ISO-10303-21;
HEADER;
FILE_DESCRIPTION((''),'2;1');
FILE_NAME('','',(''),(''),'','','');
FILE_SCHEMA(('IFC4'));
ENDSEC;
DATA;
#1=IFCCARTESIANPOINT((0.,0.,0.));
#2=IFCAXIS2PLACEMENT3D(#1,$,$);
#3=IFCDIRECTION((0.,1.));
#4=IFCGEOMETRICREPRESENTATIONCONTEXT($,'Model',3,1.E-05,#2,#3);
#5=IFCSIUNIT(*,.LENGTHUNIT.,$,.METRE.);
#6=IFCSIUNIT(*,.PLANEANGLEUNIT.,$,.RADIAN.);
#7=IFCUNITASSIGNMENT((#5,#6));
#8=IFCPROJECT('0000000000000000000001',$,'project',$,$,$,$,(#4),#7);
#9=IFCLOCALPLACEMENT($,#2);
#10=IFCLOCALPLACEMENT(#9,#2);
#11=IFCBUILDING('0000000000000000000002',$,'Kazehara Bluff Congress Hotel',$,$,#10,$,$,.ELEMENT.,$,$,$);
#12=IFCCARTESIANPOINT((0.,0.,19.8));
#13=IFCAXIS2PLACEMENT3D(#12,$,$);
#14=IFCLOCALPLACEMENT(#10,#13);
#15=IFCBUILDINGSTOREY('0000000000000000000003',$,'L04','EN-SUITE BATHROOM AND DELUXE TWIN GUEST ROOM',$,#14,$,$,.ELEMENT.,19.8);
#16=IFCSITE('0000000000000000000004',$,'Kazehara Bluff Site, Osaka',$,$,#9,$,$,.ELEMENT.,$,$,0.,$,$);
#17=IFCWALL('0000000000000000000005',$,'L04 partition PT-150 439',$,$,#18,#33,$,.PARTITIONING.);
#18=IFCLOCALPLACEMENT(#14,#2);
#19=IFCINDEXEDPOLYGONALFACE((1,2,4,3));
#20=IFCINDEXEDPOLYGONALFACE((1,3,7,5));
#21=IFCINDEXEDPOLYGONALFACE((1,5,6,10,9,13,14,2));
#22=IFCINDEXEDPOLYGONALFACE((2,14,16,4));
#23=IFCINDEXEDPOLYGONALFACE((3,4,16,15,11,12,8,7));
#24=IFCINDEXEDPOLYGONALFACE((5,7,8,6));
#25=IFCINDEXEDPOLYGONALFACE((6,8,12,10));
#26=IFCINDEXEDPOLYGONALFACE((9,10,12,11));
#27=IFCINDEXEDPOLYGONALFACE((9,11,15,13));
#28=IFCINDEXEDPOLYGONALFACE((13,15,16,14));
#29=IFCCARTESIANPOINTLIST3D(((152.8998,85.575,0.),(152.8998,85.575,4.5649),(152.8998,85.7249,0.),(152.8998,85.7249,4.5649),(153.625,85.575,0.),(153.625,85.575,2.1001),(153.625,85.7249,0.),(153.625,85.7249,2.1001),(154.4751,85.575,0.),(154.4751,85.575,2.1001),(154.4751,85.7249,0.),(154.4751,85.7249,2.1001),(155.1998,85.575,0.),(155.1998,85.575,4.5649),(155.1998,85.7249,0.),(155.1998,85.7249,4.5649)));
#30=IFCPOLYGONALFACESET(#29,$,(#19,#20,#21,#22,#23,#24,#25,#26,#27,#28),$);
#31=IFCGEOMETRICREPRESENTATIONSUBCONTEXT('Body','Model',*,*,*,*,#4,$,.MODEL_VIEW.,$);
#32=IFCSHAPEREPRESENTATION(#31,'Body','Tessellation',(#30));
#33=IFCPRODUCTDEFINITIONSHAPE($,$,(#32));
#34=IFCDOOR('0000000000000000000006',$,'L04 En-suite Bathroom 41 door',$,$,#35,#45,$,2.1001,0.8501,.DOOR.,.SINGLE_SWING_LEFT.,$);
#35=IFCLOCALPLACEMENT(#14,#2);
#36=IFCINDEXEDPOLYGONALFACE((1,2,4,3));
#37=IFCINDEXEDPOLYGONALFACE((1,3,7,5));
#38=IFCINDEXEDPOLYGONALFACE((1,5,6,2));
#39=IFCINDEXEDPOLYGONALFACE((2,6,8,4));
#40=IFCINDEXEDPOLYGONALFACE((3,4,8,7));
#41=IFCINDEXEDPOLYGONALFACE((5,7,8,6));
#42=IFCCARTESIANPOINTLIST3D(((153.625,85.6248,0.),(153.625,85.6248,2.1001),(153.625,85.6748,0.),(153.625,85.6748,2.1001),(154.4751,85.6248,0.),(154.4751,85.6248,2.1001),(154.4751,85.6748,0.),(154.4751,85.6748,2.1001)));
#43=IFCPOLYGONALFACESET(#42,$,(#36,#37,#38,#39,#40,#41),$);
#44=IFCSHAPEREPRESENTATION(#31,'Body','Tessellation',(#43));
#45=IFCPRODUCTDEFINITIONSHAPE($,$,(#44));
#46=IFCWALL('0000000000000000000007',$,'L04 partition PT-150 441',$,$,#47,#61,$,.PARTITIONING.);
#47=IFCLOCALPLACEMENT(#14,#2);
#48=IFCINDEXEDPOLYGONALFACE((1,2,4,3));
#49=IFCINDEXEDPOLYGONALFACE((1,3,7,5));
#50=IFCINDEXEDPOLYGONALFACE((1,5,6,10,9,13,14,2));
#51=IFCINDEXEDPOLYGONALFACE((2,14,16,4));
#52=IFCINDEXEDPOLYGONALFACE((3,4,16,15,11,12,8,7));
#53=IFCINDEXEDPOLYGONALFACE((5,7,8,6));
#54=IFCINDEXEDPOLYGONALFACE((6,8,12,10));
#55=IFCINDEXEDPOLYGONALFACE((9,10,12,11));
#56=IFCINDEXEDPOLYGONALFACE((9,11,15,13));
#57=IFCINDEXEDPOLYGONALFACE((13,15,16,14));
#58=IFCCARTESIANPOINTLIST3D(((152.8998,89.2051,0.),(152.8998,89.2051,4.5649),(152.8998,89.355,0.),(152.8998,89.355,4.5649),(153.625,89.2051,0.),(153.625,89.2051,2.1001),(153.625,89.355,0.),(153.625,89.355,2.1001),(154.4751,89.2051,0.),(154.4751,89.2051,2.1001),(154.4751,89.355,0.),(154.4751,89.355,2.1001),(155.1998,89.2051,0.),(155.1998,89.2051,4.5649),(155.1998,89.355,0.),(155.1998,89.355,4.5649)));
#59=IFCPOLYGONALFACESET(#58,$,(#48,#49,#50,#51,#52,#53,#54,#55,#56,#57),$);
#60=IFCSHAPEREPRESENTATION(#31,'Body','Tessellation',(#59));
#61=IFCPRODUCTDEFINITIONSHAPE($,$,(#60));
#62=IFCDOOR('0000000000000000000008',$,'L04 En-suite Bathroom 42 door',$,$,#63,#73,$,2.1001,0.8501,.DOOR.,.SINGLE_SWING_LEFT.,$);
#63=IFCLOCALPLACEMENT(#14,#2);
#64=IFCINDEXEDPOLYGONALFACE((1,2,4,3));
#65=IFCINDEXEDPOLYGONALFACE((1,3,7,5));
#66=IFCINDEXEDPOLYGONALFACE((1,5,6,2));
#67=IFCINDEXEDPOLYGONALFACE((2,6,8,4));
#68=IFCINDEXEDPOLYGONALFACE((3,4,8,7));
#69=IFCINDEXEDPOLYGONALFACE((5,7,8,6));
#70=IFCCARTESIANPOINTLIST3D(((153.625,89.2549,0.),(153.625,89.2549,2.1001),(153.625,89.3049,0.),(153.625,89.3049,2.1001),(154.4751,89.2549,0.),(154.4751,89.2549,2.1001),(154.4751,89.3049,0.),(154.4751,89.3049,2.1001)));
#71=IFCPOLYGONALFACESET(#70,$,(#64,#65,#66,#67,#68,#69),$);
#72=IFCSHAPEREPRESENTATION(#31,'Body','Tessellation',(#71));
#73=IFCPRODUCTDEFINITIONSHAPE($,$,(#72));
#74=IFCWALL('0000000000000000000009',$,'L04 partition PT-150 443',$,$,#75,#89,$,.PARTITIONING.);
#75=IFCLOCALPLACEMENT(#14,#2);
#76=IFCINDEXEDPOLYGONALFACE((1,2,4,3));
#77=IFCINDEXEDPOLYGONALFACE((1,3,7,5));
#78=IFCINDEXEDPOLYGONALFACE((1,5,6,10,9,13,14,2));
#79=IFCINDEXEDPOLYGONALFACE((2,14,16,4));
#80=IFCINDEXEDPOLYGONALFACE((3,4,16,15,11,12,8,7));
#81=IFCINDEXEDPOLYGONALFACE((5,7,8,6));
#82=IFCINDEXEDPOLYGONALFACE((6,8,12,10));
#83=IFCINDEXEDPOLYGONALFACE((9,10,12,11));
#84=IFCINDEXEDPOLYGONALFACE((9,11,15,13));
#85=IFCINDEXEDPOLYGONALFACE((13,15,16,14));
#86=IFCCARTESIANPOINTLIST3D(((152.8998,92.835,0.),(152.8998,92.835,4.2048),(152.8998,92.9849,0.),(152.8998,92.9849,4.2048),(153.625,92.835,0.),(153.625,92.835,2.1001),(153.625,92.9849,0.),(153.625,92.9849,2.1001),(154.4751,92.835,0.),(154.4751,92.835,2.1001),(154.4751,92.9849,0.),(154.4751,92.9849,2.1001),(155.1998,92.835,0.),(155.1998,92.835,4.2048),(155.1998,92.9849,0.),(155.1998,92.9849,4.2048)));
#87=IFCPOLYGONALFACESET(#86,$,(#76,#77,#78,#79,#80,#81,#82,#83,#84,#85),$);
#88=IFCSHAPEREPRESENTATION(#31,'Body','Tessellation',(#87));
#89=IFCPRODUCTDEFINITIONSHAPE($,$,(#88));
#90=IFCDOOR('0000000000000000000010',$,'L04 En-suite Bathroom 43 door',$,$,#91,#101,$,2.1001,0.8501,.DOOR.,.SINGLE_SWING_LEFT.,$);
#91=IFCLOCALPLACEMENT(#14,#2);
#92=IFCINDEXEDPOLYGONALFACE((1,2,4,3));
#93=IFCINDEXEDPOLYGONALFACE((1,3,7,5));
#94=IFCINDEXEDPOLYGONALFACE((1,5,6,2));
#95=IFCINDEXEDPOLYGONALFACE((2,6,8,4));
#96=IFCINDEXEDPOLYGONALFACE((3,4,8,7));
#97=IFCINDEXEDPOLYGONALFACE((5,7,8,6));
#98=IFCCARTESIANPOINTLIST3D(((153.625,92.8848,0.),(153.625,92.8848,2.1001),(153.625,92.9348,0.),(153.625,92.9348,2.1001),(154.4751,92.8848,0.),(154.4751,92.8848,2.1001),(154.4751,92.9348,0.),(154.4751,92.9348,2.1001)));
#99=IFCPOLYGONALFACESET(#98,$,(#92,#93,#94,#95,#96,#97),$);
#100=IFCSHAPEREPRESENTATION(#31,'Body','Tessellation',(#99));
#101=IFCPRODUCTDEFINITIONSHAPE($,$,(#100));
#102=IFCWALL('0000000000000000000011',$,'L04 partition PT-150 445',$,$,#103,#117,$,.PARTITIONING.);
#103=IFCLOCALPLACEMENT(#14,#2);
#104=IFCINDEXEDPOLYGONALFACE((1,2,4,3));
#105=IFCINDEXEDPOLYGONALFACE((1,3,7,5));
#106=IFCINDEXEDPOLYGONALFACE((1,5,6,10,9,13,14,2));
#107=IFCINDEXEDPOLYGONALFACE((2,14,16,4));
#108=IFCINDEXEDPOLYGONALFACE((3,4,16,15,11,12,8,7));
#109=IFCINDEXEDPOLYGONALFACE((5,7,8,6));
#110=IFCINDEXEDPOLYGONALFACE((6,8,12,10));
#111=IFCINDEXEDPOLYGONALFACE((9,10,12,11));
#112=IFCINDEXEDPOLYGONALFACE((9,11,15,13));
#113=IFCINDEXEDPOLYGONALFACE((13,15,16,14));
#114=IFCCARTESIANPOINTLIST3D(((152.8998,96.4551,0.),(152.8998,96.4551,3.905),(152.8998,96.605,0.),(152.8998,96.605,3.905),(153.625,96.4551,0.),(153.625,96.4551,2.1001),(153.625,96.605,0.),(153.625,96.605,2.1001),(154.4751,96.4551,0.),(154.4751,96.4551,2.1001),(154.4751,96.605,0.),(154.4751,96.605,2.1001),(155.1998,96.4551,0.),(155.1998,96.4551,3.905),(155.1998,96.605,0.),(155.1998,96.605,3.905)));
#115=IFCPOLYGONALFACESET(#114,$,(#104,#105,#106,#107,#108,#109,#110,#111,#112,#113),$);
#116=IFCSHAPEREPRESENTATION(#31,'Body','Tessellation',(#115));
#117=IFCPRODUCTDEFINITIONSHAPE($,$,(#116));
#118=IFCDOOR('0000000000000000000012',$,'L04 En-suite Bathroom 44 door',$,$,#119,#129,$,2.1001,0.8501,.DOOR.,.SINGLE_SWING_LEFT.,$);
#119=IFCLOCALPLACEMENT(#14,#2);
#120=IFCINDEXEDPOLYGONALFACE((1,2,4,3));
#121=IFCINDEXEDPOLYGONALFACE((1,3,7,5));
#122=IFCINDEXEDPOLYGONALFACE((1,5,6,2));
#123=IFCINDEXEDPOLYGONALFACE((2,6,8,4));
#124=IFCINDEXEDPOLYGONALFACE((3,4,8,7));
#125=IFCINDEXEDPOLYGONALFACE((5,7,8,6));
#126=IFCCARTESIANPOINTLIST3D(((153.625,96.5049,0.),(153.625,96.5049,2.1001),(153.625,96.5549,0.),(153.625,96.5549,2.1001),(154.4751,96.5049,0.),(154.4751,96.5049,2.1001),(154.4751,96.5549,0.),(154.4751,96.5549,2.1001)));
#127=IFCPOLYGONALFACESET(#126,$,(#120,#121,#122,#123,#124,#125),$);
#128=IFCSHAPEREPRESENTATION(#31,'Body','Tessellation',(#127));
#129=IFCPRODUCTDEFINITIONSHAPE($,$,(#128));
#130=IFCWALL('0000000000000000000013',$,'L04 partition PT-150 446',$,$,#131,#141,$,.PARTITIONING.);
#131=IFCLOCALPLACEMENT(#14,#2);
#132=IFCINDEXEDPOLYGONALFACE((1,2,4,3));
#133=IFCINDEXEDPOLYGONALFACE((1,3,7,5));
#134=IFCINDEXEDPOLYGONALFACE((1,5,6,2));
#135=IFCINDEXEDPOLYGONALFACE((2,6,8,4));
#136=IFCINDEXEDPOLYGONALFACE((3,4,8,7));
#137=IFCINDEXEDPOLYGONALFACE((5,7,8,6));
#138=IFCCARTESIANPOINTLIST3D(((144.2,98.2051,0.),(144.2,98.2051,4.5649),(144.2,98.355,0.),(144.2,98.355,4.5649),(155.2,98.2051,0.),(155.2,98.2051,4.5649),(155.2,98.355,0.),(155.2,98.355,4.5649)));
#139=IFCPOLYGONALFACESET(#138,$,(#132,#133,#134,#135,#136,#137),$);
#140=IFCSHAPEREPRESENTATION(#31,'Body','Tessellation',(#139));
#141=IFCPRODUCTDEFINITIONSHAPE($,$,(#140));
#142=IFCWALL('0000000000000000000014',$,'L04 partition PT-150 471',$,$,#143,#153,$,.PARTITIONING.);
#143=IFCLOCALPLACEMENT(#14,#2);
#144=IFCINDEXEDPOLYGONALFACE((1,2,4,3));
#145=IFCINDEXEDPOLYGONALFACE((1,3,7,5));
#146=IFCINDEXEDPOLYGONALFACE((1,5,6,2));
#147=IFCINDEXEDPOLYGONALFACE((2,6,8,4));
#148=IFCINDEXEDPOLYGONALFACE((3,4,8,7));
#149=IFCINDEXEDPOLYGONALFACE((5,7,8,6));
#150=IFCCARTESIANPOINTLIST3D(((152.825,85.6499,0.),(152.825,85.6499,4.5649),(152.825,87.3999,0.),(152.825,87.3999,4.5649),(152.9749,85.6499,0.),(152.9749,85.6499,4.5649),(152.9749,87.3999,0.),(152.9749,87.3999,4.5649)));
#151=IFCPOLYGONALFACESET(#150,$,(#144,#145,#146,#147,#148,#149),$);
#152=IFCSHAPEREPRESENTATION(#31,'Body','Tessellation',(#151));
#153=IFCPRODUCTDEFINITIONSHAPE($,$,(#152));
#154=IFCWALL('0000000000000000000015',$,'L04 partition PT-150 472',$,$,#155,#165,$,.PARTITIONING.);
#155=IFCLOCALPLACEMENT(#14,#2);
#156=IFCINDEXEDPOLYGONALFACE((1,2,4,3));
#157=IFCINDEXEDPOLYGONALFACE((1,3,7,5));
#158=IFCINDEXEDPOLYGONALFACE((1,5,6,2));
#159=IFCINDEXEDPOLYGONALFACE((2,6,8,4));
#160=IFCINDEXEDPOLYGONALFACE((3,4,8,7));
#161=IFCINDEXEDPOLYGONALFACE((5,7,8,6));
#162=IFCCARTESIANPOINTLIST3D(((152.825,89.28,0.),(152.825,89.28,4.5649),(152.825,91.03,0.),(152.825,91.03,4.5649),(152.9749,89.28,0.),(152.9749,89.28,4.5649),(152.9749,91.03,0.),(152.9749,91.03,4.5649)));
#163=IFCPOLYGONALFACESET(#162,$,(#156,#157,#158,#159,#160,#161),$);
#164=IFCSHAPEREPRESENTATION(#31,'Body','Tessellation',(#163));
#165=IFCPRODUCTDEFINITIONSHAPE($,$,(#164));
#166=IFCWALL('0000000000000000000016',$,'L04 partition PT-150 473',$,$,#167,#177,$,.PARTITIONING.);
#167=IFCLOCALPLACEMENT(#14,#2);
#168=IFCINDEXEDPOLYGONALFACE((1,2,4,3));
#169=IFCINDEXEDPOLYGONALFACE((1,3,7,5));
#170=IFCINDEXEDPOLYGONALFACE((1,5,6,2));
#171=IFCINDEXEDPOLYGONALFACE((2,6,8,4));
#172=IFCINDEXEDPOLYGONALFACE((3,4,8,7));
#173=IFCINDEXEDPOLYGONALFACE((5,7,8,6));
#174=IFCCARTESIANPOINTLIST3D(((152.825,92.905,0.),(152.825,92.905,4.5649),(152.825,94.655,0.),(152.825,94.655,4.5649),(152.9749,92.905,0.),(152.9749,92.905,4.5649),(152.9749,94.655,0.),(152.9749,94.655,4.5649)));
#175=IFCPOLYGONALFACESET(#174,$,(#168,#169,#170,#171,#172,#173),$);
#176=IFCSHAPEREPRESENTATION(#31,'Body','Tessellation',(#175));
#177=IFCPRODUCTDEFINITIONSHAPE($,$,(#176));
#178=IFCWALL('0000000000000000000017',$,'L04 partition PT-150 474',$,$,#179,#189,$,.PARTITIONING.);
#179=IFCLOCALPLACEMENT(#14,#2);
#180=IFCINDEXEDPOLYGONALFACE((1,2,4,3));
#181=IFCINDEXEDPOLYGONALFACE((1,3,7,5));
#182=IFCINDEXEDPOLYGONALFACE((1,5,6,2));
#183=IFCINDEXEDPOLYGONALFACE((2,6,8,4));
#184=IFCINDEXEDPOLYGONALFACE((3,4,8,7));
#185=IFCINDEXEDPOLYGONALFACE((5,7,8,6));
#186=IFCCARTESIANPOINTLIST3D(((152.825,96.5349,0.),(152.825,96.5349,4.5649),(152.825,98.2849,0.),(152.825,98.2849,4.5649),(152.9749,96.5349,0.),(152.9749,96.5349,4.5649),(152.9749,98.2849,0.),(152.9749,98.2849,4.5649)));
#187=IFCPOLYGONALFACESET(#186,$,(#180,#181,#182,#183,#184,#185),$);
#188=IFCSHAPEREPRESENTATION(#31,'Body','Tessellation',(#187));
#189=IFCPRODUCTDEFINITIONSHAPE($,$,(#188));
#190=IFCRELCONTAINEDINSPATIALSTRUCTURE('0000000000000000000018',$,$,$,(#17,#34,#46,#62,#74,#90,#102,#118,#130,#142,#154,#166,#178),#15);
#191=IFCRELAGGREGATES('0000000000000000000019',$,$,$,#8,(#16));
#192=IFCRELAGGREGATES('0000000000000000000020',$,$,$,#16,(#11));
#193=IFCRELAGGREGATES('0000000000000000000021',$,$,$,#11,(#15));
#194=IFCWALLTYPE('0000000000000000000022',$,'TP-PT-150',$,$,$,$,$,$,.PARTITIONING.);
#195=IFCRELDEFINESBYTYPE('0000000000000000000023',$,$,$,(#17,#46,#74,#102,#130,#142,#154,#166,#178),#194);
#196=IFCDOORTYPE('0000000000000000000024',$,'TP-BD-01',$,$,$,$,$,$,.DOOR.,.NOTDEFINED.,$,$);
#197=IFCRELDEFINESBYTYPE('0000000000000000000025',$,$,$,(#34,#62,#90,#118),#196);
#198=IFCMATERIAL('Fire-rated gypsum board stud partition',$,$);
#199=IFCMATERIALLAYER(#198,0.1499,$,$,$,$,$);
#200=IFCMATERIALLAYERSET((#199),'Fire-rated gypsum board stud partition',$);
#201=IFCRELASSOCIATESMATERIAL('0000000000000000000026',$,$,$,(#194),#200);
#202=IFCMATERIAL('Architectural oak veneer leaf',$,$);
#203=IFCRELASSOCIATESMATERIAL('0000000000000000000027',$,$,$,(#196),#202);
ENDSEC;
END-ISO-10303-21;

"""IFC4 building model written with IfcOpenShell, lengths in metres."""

from ifc_helpers import new_model, si_unit, direction, frame, frame_2d, origin, place, context, subcontext, project, spatial, rectangle, extrude, material, layer, layer_set, type_object, element, fill, save


model = new_model("IFC4")

# Units and contexts
model_context = context("Model", 3, precision=1e-05, world=origin(), true_north=direction((0.0, 1.0)))
body_context = subcontext(model_context, "Body", "Model", "MODEL_VIEW")
ifc_project = project(units=[si_unit("LENGTHUNIT", "METRE"), si_unit("PLANEANGLEUNIT", "RADIAN")], contexts=[model_context])

# Site, building, storey
site_placement = place(None, origin())
site = spatial("IfcSite", under=ifc_project, at=site_placement, Name="Kazehara Bluff Site, Osaka", CompositionType="ELEMENT", RefElevation=0.0)
building_placement = place(site_placement, origin())
building = spatial("IfcBuilding", under=site, at=building_placement, Name="Kazehara Bluff Congress Hotel", CompositionType="ELEMENT")
storey_placement = place(building_placement, frame((0.0, 0.0, 19.8)))
storey = spatial("IfcBuildingStorey", under=building, at=storey_placement, Name="L04", Description="EN-SUITE BATHROOM AND DELUXE TWIN GUEST ROOM", CompositionType="ELEMENT", Elevation=19.8)

# Walls, openings, doors
ifc_material_1 = material(Name="Fire-rated gypsum board stud partition")
ifc_layer = layer(ifc_material_1, 0.1499)
ifc_layer_set = layer_set([ifc_layer], Name="Fire-rated gypsum board stud partition")
wall_type = type_object("IfcWallType", Name="TP-PT-150", PredefinedType="PARTITIONING", material=ifc_layer_set)
wall_1_placement = place(storey_placement, frame((152.8999, 85.6499, 0.0), z_axis=(0.0, 0.0, 1.0), x_axis=(1.0, 0.0, 0.0)))
wall_1 = element("IfcWall", 1, at=wall_1_placement, inside=storey, type_object=wall_type, Name="L04 partition PT-150 439", PredefinedType="PARTITIONING", context=body_context, shape_type="SweptSolid", body=[
    extrude(rectangle(XDim=2.3, YDim=0.1499, at=frame_2d((1.1499, 0.0))), origin(), (0.0, 0.0, 1.0), 4.5649),
])
opening_1_placement = place(wall_1_placement, frame((0.7251, 0.0, 0.0)))
opening_1 = element("IfcOpeningElement", 2, at=opening_1_placement, cuts=wall_1, PredefinedType="OPENING", context=body_context, shape_type="SweptSolid", body=[
    extrude(rectangle(XDim=0.8501, YDim=2.1001, at=frame_2d((0.425, 1.05))), frame((0.0, 0.085, 0.0), z_axis=(0.0, -1.0, 0.0), x_axis=(1.0, 0.0, 0.0)), (0.0, 0.0, 1.0), 0.1699),
])
ifc_material_2 = material(Name="Architectural oak veneer leaf")
door_type = type_object("IfcDoorType", Name="TP-BD-01", OperationType="NOTDEFINED", PredefinedType="DOOR", material=ifc_material_2)
door_1_placement = place(opening_1_placement, origin())
door_1 = element("IfcDoor", 3, at=door_1_placement, inside=storey, type_object=door_type, Name="L04 En-suite Bathroom 41 door", OperationType="SINGLE_SWING_LEFT", OverallHeight=2.1001, OverallWidth=0.8501, PredefinedType="DOOR", context=body_context, shape_type="SweptSolid", body=[
    extrude(rectangle(XDim=0.8501, YDim=2.1001, at=frame_2d((0.425, 1.05))), frame((0.0, 0.0249, 0.0), z_axis=(0.0, -1.0, 0.0), x_axis=(1.0, 0.0, 0.0)), (0.0, 0.0, 1.0), 0.05),
])
fill(opening_1, door_1)
wall_2_placement = place(storey_placement, frame((152.8999, 89.28, 0.0), z_axis=(0.0, 0.0, 1.0), x_axis=(1.0, 0.0, 0.0)))
wall_2 = element("IfcWall", 4, at=wall_2_placement, inside=storey, type_object=wall_type, Name="L04 partition PT-150 441", PredefinedType="PARTITIONING", context=body_context, shape_type="SweptSolid", body=[
    extrude(rectangle(XDim=2.3, YDim=0.1499, at=frame_2d((1.1499, 0.0))), origin(), (0.0, 0.0, 1.0), 4.5649),
])
opening_2_placement = place(wall_2_placement, frame((0.7251, 0.0, 0.0)))
opening_2 = element("IfcOpeningElement", 5, at=opening_2_placement, cuts=wall_2, PredefinedType="OPENING", context=body_context, shape_type="SweptSolid", body=[
    extrude(rectangle(XDim=0.8501, YDim=2.1001, at=frame_2d((0.425, 1.05))), frame((0.0, 0.085, 0.0), z_axis=(0.0, -1.0, 0.0), x_axis=(1.0, 0.0, 0.0)), (0.0, 0.0, 1.0), 0.1699),
])
door_2_placement = place(opening_2_placement, origin())
door_2 = element("IfcDoor", 6, at=door_2_placement, inside=storey, type_object=door_type, Name="L04 En-suite Bathroom 42 door", OperationType="SINGLE_SWING_LEFT", OverallHeight=2.1001, OverallWidth=0.8501, PredefinedType="DOOR", context=body_context, shape_type="SweptSolid", body=[
    extrude(rectangle(XDim=0.8501, YDim=2.1001, at=frame_2d((0.425, 1.05))), frame((0.0, 0.0249, 0.0), z_axis=(0.0, -1.0, 0.0), x_axis=(1.0, 0.0, 0.0)), (0.0, 0.0, 1.0), 0.05),
])
fill(opening_2, door_2)
wall_3_placement = place(storey_placement, frame((152.8999, 92.9099, 0.0), z_axis=(0.0, 0.0, 1.0), x_axis=(1.0, 0.0, 0.0)))
wall_3 = element("IfcWall", 7, at=wall_3_placement, inside=storey, type_object=wall_type, Name="L04 partition PT-150 443", PredefinedType="PARTITIONING", context=body_context, shape_type="SweptSolid", body=[
    extrude(rectangle(XDim=2.3, YDim=0.1499, at=frame_2d((1.1499, 0.0))), origin(), (0.0, 0.0, 1.0), 4.2048),
])
opening_3_placement = place(wall_3_placement, frame((0.7251, 0.0, 0.0)))
opening_3 = element("IfcOpeningElement", 8, at=opening_3_placement, cuts=wall_3, PredefinedType="OPENING", context=body_context, shape_type="SweptSolid", body=[
    extrude(rectangle(XDim=0.8501, YDim=2.1001, at=frame_2d((0.425, 1.05))), frame((0.0, 0.085, 0.0), z_axis=(0.0, -1.0, 0.0), x_axis=(1.0, 0.0, 0.0)), (0.0, 0.0, 1.0), 0.1699),
])
door_3_placement = place(opening_3_placement, origin())
door_3 = element("IfcDoor", 9, at=door_3_placement, inside=storey, type_object=door_type, Name="L04 En-suite Bathroom 43 door", OperationType="SINGLE_SWING_LEFT", OverallHeight=2.1001, OverallWidth=0.8501, PredefinedType="DOOR", context=body_context, shape_type="SweptSolid", body=[
    extrude(rectangle(XDim=0.8501, YDim=2.1001, at=frame_2d((0.425, 1.05))), frame((0.0, 0.0249, 0.0), z_axis=(0.0, -1.0, 0.0), x_axis=(1.0, 0.0, 0.0)), (0.0, 0.0, 1.0), 0.05),
])
fill(opening_3, door_3)
wall_4_placement = place(storey_placement, frame((152.8999, 96.53, 0.0), z_axis=(0.0, 0.0, 1.0), x_axis=(1.0, 0.0, 0.0)))
wall_4 = element("IfcWall", 10, at=wall_4_placement, inside=storey, type_object=wall_type, Name="L04 partition PT-150 445", PredefinedType="PARTITIONING", context=body_context, shape_type="SweptSolid", body=[
    extrude(rectangle(XDim=2.3, YDim=0.1499, at=frame_2d((1.1499, 0.0))), origin(), (0.0, 0.0, 1.0), 3.905),
])
opening_4_placement = place(wall_4_placement, frame((0.7251, 0.0, 0.0)))
opening_4 = element("IfcOpeningElement", 11, at=opening_4_placement, cuts=wall_4, PredefinedType="OPENING", context=body_context, shape_type="SweptSolid", body=[
    extrude(rectangle(XDim=0.8501, YDim=2.1001, at=frame_2d((0.425, 1.05))), frame((0.0, 0.085, 0.0), z_axis=(0.0, -1.0, 0.0), x_axis=(1.0, 0.0, 0.0)), (0.0, 0.0, 1.0), 0.1699),
])
door_4_placement = place(opening_4_placement, origin())
door_4 = element("IfcDoor", 12, at=door_4_placement, inside=storey, type_object=door_type, Name="L04 En-suite Bathroom 44 door", OperationType="SINGLE_SWING_LEFT", OverallHeight=2.1001, OverallWidth=0.8501, PredefinedType="DOOR", context=body_context, shape_type="SweptSolid", body=[
    extrude(rectangle(XDim=0.8501, YDim=2.1001, at=frame_2d((0.425, 1.05))), frame((0.0, 0.0249, 0.0), z_axis=(0.0, -1.0, 0.0), x_axis=(1.0, 0.0, 0.0)), (0.0, 0.0, 1.0), 0.05),
])
fill(opening_4, door_4)

# Walls
wall_5_placement = place(storey_placement, frame((144.2, 98.28, 0.0), z_axis=(0.0, 0.0, 1.0), x_axis=(1.0, 0.0, 0.0)))
element("IfcWall", 13, at=wall_5_placement, inside=storey, type_object=wall_type, Name="L04 partition PT-150 446", PredefinedType="PARTITIONING", context=body_context, shape_type="SweptSolid", body=[
    extrude(rectangle(XDim=11.0, YDim=0.1499, at=frame_2d((5.5, 0.0))), origin(), (0.0, 0.0, 1.0), 4.5649),
])
for number, where, z_axis, x_axis, name in (
    (14, (152.8999, 85.6499, 0.0), (0.0, 0.0, 1.0), (0.0, 1.0, 0.0), "L04 partition PT-150 471"),
    (15, (152.8999, 89.28, 0.0), (0.0, 0.0, 1.0), (0.0, 1.0, 0.0), "L04 partition PT-150 472"),
    (16, (152.8999, 92.905, 0.0), (0.0, 0.0, 1.0), (0.0, 1.0, 0.0), "L04 partition PT-150 473"),
    (17, (152.8999, 96.5349, 0.0), (0.0, 0.0, 1.0), (0.0, 1.0, 0.0), "L04 partition PT-150 474"),
):
    element("IfcWall", number, at=place(storey_placement, frame(where, z_axis=z_axis, x_axis=x_axis)), inside=storey, type_object=wall_type, Name=name, PredefinedType="PARTITIONING", context=body_context, shape_type="SweptSolid", body=[
        extrude(rectangle(XDim=1.75, YDim=0.1499, at=frame_2d((0.875, 0.0))), origin(), (0.0, 0.0, 1.0), 4.5649),
    ])

save(model, "model.ifc")
